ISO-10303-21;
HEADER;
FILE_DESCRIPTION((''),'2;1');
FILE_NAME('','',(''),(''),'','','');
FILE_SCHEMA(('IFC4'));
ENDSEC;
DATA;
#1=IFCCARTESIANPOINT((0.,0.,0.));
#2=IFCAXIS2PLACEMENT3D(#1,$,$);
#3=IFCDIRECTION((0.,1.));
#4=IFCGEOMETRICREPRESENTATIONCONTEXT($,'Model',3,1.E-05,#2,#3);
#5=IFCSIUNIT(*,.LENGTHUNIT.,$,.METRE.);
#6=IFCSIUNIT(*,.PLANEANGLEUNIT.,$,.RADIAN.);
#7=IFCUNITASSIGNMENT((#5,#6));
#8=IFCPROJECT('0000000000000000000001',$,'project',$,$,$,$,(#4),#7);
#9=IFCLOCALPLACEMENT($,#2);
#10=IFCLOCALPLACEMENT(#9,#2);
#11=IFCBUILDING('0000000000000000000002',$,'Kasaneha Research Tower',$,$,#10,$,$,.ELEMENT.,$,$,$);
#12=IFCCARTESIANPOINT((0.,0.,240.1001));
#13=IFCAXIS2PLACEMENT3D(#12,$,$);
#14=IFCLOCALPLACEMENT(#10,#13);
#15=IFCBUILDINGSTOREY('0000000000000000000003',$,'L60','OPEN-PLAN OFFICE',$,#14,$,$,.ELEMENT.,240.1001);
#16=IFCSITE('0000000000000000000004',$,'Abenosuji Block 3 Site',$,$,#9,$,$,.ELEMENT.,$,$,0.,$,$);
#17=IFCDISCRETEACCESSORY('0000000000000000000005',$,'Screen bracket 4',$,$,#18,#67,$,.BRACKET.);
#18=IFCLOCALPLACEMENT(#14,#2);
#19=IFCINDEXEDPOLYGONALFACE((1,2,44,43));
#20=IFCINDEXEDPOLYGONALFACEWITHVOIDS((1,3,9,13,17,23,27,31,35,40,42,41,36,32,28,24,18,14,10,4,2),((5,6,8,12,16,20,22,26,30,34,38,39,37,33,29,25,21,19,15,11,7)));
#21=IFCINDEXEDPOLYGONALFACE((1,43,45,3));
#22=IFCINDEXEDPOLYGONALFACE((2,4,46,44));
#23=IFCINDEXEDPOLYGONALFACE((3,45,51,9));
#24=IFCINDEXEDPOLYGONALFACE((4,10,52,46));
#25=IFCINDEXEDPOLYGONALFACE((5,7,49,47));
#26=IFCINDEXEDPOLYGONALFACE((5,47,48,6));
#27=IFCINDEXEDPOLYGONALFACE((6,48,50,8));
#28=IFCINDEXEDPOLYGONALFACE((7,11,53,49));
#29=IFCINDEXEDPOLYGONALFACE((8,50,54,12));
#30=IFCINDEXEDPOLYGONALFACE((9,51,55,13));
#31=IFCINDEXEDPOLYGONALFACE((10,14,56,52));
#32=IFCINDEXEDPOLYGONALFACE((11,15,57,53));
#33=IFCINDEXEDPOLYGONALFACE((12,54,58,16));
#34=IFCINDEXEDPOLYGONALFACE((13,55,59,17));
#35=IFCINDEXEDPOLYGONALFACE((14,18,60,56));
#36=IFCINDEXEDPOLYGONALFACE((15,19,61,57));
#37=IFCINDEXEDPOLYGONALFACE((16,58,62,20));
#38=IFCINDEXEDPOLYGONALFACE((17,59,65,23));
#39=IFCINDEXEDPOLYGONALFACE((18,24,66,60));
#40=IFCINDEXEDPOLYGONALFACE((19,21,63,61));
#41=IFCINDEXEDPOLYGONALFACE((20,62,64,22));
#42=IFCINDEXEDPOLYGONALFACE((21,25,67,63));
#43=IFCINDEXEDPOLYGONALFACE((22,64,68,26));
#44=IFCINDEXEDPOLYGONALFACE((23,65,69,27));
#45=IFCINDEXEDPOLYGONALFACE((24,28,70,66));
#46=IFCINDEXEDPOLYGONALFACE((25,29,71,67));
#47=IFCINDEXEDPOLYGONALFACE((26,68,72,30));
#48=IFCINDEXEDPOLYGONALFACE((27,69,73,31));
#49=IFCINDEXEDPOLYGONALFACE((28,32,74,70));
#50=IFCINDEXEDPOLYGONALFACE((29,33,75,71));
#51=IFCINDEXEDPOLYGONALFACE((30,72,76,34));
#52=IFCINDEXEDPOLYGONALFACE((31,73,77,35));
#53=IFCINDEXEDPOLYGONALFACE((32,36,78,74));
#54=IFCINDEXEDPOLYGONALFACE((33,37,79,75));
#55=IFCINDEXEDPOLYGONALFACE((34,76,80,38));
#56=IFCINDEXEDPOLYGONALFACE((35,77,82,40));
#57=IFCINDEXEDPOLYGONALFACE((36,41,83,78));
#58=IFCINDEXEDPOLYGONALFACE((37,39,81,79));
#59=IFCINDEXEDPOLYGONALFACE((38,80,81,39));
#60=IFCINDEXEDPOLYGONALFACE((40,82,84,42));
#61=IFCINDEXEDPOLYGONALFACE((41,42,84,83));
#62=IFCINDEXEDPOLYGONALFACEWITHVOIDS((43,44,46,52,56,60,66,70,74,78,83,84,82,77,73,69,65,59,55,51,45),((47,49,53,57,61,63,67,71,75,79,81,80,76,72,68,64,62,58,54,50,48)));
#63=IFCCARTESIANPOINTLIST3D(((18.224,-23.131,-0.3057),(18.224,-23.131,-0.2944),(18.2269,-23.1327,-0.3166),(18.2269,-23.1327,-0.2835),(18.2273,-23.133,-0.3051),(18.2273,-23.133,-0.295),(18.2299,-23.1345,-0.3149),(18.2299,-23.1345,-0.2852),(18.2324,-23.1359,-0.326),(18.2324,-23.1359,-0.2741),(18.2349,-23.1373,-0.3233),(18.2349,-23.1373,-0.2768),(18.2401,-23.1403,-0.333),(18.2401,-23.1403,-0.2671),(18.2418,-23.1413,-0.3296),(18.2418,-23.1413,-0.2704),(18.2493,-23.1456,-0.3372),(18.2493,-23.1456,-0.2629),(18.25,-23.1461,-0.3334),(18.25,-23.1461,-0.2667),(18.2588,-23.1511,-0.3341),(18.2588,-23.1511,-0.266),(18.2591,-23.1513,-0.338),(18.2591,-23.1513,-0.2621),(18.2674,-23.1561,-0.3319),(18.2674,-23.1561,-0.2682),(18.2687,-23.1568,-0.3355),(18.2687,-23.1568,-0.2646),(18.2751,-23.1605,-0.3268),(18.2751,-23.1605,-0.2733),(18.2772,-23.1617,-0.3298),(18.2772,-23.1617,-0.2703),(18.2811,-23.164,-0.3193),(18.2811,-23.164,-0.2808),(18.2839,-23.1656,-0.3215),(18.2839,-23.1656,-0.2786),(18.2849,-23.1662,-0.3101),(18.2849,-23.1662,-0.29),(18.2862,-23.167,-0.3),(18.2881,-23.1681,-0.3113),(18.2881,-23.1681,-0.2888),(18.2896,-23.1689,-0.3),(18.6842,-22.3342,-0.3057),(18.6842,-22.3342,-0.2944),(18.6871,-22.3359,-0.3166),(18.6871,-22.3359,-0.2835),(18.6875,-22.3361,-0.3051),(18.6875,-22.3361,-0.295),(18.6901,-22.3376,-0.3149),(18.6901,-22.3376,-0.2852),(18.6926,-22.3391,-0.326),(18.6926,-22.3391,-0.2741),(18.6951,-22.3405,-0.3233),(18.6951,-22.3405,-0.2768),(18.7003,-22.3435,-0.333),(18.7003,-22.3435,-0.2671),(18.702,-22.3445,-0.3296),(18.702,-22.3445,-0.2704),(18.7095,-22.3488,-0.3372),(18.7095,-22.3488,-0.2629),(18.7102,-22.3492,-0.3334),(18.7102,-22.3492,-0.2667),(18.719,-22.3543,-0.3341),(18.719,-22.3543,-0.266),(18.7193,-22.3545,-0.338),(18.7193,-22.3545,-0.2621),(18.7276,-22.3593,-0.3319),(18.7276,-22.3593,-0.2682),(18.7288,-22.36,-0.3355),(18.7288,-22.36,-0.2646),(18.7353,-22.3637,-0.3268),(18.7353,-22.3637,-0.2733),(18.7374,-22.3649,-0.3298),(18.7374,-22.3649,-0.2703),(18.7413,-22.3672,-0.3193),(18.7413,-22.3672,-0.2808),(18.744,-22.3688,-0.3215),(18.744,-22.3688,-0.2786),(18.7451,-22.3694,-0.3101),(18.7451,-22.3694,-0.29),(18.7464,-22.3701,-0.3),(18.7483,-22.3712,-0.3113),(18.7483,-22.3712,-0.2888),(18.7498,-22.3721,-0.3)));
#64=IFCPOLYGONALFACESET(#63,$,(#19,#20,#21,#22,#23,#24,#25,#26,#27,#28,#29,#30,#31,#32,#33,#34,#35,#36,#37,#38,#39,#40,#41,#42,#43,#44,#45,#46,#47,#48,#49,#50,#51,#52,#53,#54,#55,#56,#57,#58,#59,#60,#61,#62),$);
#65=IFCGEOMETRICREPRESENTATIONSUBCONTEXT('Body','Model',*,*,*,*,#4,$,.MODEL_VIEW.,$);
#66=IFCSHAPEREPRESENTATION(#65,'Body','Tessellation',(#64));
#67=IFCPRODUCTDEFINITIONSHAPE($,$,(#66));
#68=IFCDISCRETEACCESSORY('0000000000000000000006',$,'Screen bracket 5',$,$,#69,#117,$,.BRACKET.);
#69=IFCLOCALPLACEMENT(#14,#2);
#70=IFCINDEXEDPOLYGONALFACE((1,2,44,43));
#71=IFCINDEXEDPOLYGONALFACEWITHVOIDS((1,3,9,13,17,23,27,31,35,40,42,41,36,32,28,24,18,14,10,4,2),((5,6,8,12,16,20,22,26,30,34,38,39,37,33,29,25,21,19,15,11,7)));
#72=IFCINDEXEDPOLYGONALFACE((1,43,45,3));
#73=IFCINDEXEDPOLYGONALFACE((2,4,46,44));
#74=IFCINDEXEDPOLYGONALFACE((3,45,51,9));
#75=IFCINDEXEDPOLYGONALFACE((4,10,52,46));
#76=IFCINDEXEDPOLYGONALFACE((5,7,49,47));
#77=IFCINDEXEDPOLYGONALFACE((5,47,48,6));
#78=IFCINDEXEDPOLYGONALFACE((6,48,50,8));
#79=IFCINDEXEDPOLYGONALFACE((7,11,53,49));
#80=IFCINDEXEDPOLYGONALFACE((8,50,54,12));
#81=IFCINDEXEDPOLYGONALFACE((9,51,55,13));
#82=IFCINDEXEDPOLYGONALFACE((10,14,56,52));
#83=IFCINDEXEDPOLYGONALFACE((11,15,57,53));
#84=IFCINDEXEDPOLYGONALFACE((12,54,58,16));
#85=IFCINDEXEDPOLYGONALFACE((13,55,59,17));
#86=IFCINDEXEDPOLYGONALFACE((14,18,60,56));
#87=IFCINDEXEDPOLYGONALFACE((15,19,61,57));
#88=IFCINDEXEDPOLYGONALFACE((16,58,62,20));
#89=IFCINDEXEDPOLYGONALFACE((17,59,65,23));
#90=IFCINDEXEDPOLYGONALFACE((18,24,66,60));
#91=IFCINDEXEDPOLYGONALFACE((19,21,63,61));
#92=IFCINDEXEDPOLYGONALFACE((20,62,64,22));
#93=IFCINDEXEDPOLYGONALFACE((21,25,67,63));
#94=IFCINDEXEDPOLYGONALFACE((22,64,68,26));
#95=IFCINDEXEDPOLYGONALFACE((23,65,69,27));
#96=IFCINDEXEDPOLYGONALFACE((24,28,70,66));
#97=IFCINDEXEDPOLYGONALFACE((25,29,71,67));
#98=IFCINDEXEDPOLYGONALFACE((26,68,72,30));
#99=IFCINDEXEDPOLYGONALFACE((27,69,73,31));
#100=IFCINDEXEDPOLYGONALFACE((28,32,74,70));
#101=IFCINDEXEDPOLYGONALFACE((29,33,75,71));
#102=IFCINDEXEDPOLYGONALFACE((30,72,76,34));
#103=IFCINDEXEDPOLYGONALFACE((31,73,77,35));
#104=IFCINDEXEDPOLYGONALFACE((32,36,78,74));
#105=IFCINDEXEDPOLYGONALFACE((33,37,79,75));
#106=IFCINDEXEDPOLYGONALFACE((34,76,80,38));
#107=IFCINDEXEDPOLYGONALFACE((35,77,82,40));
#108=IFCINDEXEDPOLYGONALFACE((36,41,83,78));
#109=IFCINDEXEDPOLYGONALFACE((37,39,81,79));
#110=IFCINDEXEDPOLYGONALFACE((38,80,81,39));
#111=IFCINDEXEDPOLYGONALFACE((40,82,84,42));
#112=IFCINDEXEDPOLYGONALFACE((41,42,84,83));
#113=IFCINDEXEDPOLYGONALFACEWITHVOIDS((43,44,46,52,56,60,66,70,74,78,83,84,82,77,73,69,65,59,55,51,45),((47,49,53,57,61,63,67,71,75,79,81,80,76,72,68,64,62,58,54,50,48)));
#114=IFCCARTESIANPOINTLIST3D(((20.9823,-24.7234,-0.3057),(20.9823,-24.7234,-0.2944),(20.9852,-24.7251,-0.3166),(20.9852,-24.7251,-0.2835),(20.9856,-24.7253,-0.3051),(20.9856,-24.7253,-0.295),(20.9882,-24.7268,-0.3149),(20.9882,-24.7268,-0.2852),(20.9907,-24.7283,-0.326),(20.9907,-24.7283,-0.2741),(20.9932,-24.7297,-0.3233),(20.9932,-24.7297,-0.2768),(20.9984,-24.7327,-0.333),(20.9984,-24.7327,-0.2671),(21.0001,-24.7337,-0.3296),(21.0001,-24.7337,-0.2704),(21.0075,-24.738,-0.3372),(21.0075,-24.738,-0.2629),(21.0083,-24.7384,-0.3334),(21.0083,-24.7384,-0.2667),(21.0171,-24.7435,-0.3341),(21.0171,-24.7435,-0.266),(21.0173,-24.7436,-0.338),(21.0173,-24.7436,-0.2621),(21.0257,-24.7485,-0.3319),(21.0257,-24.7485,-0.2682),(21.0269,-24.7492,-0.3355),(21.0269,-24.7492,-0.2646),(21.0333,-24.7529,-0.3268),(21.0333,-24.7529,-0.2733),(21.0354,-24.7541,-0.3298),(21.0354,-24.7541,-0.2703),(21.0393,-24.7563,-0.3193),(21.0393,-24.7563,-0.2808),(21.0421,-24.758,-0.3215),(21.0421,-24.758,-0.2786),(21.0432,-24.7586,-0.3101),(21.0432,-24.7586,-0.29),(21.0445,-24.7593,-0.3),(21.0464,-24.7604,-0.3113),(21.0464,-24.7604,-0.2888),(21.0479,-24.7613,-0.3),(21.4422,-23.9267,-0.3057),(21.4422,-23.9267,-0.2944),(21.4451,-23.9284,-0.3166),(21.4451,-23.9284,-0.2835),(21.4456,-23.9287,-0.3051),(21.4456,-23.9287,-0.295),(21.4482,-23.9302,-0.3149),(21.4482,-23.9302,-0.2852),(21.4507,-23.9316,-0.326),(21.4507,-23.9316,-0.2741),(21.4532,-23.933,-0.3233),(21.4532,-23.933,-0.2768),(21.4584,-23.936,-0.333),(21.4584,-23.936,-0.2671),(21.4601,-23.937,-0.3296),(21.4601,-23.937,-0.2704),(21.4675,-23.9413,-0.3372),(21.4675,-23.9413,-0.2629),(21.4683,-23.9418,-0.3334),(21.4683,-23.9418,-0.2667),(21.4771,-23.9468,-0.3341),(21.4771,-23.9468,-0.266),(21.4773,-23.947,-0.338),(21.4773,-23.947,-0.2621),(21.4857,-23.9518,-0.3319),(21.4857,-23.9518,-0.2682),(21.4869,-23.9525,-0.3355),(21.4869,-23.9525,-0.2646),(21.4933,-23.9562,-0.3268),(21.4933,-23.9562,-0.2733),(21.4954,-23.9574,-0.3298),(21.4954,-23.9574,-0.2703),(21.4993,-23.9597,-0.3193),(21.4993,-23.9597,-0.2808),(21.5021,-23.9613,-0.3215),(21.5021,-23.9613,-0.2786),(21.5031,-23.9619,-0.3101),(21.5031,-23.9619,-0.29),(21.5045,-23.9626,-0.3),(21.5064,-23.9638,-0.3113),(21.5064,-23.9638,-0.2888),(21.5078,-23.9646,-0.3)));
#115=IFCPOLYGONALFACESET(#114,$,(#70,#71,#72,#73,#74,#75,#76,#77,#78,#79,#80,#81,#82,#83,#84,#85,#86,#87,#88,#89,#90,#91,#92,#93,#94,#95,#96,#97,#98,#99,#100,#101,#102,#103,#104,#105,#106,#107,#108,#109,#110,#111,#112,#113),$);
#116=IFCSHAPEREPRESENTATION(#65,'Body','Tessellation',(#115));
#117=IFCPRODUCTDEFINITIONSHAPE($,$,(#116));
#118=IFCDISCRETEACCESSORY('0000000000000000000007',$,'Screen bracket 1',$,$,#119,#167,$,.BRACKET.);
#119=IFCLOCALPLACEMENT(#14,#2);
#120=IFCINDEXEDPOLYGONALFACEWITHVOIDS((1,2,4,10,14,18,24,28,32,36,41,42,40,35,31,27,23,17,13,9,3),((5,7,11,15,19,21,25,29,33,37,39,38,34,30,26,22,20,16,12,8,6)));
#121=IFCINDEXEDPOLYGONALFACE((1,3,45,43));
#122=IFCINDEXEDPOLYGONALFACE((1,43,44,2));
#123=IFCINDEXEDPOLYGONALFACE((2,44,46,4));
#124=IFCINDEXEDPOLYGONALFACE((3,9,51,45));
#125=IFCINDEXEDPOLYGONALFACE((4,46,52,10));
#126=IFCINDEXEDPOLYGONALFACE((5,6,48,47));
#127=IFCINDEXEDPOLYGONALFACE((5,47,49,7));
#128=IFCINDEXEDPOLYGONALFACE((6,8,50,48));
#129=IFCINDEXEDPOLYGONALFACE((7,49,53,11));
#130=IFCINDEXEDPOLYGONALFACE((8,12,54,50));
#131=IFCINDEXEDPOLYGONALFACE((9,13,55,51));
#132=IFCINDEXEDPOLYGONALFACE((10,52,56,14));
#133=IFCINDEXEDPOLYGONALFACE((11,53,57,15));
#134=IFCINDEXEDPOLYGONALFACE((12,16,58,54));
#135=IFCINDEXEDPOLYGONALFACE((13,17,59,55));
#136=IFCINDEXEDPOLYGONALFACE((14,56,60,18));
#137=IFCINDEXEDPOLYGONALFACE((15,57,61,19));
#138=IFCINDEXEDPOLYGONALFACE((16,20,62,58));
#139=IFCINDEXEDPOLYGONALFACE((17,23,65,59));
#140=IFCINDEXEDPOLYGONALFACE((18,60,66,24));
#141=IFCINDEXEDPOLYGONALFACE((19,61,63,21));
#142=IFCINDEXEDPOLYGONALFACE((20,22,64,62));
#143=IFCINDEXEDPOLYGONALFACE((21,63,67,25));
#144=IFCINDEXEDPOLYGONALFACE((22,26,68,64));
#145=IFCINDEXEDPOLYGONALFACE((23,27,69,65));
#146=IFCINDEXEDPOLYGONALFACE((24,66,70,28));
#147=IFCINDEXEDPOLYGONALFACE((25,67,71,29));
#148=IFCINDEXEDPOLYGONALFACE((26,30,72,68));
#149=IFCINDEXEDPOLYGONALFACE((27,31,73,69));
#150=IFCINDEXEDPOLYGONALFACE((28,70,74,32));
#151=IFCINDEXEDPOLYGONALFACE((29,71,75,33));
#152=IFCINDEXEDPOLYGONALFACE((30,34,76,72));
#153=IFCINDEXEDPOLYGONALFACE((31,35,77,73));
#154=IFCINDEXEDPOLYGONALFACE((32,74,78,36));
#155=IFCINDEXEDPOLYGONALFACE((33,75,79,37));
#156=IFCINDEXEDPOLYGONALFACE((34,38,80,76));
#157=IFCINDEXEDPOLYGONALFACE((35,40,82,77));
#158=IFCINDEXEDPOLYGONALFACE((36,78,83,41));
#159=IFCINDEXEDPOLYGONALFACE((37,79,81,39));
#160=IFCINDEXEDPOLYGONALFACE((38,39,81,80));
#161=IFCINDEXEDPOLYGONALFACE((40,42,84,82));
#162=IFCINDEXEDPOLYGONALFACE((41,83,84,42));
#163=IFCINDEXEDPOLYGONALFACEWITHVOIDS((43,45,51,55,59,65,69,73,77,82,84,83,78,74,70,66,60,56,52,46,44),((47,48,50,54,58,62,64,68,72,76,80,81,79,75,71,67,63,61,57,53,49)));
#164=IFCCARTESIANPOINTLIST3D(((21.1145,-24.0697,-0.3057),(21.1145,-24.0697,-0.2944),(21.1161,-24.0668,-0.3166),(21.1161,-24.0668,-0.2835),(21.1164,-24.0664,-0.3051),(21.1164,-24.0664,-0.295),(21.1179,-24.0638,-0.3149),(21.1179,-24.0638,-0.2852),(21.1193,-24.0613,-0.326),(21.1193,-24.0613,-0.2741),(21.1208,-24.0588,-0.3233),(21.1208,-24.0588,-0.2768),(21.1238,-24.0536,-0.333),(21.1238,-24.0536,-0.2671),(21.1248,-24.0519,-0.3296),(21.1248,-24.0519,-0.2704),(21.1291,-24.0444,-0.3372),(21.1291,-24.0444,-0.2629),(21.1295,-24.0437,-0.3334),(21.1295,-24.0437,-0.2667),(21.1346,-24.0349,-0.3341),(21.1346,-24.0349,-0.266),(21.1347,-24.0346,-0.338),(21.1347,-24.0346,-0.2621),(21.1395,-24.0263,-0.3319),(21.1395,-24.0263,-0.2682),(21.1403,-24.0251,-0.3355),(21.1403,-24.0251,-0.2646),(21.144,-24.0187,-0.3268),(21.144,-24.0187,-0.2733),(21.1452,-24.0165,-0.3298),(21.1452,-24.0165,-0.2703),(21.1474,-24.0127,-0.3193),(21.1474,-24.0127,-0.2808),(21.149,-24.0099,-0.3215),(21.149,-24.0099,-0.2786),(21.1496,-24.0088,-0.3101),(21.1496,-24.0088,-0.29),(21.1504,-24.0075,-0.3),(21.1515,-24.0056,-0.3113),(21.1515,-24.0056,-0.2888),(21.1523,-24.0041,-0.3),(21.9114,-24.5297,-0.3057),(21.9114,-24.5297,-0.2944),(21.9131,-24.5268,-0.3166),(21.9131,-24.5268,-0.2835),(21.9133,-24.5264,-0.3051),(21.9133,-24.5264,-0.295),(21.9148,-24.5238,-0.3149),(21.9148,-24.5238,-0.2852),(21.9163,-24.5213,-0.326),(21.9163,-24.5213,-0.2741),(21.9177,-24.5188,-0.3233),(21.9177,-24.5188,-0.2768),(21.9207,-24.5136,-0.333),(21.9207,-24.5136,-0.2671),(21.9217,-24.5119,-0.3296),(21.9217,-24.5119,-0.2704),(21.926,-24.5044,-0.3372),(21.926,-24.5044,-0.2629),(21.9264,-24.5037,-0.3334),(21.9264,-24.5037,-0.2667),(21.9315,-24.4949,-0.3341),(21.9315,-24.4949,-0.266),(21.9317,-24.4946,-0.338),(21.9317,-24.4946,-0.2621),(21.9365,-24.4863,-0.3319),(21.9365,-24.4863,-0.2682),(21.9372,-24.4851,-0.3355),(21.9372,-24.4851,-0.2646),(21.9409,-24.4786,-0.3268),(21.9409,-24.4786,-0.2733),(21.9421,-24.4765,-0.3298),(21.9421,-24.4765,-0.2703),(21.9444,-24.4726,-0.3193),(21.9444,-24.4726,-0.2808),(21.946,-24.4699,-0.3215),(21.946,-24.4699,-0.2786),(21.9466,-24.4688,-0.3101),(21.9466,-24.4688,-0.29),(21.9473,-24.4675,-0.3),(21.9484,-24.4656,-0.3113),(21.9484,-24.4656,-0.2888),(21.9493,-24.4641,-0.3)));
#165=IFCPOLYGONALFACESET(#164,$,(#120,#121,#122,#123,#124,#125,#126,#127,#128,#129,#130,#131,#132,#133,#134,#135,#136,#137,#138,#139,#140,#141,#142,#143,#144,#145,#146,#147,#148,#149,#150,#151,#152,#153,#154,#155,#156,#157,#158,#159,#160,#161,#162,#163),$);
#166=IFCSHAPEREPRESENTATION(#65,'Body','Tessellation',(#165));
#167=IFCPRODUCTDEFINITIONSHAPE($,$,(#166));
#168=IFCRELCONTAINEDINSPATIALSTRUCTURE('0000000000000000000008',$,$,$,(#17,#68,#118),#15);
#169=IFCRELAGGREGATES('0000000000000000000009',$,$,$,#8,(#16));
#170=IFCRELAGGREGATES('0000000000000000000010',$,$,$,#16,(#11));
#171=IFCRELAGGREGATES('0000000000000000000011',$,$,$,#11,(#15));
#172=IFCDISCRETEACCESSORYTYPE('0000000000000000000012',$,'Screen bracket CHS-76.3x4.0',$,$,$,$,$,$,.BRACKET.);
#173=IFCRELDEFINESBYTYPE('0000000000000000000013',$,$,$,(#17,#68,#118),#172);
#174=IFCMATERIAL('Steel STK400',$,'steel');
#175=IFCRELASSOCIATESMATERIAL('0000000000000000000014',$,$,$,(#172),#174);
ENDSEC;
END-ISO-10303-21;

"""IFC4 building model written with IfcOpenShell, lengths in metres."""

from ifc_helpers import new_model, si_unit, direction, frame, origin, origin_2d, place, context, subcontext, project, spatial, hollow_circle, extrude, material, material_profile, profile_set, type_object, element, save


model = new_model("IFC4")

# Units and contexts
model_context = context("Model", 3, precision=1e-05, world=origin(), true_north=direction((0.0, 1.0)))
body_context = subcontext(model_context, "Body", "Model", "MODEL_VIEW")
ifc_project = project(units=[si_unit("LENGTHUNIT", "METRE"), si_unit("PLANEANGLEUNIT", "RADIAN")], contexts=[model_context])

# Site, building, storey
site_placement = place(None, origin())
site = spatial("IfcSite", under=ifc_project, at=site_placement, Name="Abenosuji Block 3 Site", CompositionType="ELEMENT", RefElevation=0.0)
building_placement = place(site_placement, origin())
building = spatial("IfcBuilding", under=site, at=building_placement, Name="Kasaneha Research Tower", CompositionType="ELEMENT")
storey_placement = place(building_placement, frame((0.0, 0.0, 240.1001)))
storey = spatial("IfcBuildingStorey", under=building, at=storey_placement, Name="L60", Description="OPEN-PLAN OFFICE", CompositionType="ELEMENT", Elevation=240.1001)

# Discrete accessories
ifc_material_1 = material(Name="Steel STK400", Category="steel")
ifc_material_profile_1 = material_profile(ifc_material_1, hollow_circle(Radius=0.0381, WallThickness=0.0039, at=origin_2d()), Name="CHS-76.3x4.0")
ifc_profile_set_1 = profile_set([ifc_material_profile_1], Name="Steel STK400")
discrete_accessory_type = type_object("IfcDiscreteAccessoryType", Name="Screen bracket CHS-76.3x4.0", PredefinedType="BRACKET", material=ifc_profile_set_1)
discrete_accessory_1_placement = place(storey_placement, frame((18.7168, -22.353, -0.3), z_axis=(-0.500105, -0.865965, 0.0), x_axis=(0.865965, -0.500105, 0.0)))
element("IfcDiscreteAccessory", 1, at=discrete_accessory_1_placement, inside=storey, type_object=discrete_accessory_type, Name="Screen bracket 4", PredefinedType="BRACKET", context=body_context, shape_type="SweptSolid", body=[
    extrude(hollow_circle(Radius=0.0381, WallThickness=0.0039, at=origin_2d()), origin(), (0.0, 0.0, 1.0), 0.9202),
])
discrete_accessory_2_placement = place(storey_placement, frame((21.4749, -23.9456, -0.3), z_axis=(-0.500021, -0.866013, 0.0), x_axis=(0.866013, -0.500021, 0.0)))
element("IfcDiscreteAccessory", 2, at=discrete_accessory_2_placement, inside=storey, type_object=discrete_accessory_type, Name="Screen bracket 5", PredefinedType="BRACKET", context=body_context, shape_type="SweptSolid", body=[
    extrude(hollow_circle(Radius=0.0381, WallThickness=0.0039, at=origin_2d()), origin(), (0.0, 0.0, 1.0), 0.9199),
])
discrete_accessory_3_placement = place(storey_placement, frame((21.1333, -24.0371, -0.3), z_axis=(0.86608, -0.499906, 0.0), x_axis=(0.499906, 0.86608, 0.0)))
element("IfcDiscreteAccessory", 3, at=discrete_accessory_3_placement, inside=storey, type_object=discrete_accessory_type, Name="Screen bracket 1", PredefinedType="BRACKET", context=body_context, shape_type="SweptSolid", body=[
    extrude(hollow_circle(Radius=0.0381, WallThickness=0.0039, at=origin_2d()), origin(), (0.0, 0.0, 1.0), 0.9202),
])

save(model, "model.ifc")
